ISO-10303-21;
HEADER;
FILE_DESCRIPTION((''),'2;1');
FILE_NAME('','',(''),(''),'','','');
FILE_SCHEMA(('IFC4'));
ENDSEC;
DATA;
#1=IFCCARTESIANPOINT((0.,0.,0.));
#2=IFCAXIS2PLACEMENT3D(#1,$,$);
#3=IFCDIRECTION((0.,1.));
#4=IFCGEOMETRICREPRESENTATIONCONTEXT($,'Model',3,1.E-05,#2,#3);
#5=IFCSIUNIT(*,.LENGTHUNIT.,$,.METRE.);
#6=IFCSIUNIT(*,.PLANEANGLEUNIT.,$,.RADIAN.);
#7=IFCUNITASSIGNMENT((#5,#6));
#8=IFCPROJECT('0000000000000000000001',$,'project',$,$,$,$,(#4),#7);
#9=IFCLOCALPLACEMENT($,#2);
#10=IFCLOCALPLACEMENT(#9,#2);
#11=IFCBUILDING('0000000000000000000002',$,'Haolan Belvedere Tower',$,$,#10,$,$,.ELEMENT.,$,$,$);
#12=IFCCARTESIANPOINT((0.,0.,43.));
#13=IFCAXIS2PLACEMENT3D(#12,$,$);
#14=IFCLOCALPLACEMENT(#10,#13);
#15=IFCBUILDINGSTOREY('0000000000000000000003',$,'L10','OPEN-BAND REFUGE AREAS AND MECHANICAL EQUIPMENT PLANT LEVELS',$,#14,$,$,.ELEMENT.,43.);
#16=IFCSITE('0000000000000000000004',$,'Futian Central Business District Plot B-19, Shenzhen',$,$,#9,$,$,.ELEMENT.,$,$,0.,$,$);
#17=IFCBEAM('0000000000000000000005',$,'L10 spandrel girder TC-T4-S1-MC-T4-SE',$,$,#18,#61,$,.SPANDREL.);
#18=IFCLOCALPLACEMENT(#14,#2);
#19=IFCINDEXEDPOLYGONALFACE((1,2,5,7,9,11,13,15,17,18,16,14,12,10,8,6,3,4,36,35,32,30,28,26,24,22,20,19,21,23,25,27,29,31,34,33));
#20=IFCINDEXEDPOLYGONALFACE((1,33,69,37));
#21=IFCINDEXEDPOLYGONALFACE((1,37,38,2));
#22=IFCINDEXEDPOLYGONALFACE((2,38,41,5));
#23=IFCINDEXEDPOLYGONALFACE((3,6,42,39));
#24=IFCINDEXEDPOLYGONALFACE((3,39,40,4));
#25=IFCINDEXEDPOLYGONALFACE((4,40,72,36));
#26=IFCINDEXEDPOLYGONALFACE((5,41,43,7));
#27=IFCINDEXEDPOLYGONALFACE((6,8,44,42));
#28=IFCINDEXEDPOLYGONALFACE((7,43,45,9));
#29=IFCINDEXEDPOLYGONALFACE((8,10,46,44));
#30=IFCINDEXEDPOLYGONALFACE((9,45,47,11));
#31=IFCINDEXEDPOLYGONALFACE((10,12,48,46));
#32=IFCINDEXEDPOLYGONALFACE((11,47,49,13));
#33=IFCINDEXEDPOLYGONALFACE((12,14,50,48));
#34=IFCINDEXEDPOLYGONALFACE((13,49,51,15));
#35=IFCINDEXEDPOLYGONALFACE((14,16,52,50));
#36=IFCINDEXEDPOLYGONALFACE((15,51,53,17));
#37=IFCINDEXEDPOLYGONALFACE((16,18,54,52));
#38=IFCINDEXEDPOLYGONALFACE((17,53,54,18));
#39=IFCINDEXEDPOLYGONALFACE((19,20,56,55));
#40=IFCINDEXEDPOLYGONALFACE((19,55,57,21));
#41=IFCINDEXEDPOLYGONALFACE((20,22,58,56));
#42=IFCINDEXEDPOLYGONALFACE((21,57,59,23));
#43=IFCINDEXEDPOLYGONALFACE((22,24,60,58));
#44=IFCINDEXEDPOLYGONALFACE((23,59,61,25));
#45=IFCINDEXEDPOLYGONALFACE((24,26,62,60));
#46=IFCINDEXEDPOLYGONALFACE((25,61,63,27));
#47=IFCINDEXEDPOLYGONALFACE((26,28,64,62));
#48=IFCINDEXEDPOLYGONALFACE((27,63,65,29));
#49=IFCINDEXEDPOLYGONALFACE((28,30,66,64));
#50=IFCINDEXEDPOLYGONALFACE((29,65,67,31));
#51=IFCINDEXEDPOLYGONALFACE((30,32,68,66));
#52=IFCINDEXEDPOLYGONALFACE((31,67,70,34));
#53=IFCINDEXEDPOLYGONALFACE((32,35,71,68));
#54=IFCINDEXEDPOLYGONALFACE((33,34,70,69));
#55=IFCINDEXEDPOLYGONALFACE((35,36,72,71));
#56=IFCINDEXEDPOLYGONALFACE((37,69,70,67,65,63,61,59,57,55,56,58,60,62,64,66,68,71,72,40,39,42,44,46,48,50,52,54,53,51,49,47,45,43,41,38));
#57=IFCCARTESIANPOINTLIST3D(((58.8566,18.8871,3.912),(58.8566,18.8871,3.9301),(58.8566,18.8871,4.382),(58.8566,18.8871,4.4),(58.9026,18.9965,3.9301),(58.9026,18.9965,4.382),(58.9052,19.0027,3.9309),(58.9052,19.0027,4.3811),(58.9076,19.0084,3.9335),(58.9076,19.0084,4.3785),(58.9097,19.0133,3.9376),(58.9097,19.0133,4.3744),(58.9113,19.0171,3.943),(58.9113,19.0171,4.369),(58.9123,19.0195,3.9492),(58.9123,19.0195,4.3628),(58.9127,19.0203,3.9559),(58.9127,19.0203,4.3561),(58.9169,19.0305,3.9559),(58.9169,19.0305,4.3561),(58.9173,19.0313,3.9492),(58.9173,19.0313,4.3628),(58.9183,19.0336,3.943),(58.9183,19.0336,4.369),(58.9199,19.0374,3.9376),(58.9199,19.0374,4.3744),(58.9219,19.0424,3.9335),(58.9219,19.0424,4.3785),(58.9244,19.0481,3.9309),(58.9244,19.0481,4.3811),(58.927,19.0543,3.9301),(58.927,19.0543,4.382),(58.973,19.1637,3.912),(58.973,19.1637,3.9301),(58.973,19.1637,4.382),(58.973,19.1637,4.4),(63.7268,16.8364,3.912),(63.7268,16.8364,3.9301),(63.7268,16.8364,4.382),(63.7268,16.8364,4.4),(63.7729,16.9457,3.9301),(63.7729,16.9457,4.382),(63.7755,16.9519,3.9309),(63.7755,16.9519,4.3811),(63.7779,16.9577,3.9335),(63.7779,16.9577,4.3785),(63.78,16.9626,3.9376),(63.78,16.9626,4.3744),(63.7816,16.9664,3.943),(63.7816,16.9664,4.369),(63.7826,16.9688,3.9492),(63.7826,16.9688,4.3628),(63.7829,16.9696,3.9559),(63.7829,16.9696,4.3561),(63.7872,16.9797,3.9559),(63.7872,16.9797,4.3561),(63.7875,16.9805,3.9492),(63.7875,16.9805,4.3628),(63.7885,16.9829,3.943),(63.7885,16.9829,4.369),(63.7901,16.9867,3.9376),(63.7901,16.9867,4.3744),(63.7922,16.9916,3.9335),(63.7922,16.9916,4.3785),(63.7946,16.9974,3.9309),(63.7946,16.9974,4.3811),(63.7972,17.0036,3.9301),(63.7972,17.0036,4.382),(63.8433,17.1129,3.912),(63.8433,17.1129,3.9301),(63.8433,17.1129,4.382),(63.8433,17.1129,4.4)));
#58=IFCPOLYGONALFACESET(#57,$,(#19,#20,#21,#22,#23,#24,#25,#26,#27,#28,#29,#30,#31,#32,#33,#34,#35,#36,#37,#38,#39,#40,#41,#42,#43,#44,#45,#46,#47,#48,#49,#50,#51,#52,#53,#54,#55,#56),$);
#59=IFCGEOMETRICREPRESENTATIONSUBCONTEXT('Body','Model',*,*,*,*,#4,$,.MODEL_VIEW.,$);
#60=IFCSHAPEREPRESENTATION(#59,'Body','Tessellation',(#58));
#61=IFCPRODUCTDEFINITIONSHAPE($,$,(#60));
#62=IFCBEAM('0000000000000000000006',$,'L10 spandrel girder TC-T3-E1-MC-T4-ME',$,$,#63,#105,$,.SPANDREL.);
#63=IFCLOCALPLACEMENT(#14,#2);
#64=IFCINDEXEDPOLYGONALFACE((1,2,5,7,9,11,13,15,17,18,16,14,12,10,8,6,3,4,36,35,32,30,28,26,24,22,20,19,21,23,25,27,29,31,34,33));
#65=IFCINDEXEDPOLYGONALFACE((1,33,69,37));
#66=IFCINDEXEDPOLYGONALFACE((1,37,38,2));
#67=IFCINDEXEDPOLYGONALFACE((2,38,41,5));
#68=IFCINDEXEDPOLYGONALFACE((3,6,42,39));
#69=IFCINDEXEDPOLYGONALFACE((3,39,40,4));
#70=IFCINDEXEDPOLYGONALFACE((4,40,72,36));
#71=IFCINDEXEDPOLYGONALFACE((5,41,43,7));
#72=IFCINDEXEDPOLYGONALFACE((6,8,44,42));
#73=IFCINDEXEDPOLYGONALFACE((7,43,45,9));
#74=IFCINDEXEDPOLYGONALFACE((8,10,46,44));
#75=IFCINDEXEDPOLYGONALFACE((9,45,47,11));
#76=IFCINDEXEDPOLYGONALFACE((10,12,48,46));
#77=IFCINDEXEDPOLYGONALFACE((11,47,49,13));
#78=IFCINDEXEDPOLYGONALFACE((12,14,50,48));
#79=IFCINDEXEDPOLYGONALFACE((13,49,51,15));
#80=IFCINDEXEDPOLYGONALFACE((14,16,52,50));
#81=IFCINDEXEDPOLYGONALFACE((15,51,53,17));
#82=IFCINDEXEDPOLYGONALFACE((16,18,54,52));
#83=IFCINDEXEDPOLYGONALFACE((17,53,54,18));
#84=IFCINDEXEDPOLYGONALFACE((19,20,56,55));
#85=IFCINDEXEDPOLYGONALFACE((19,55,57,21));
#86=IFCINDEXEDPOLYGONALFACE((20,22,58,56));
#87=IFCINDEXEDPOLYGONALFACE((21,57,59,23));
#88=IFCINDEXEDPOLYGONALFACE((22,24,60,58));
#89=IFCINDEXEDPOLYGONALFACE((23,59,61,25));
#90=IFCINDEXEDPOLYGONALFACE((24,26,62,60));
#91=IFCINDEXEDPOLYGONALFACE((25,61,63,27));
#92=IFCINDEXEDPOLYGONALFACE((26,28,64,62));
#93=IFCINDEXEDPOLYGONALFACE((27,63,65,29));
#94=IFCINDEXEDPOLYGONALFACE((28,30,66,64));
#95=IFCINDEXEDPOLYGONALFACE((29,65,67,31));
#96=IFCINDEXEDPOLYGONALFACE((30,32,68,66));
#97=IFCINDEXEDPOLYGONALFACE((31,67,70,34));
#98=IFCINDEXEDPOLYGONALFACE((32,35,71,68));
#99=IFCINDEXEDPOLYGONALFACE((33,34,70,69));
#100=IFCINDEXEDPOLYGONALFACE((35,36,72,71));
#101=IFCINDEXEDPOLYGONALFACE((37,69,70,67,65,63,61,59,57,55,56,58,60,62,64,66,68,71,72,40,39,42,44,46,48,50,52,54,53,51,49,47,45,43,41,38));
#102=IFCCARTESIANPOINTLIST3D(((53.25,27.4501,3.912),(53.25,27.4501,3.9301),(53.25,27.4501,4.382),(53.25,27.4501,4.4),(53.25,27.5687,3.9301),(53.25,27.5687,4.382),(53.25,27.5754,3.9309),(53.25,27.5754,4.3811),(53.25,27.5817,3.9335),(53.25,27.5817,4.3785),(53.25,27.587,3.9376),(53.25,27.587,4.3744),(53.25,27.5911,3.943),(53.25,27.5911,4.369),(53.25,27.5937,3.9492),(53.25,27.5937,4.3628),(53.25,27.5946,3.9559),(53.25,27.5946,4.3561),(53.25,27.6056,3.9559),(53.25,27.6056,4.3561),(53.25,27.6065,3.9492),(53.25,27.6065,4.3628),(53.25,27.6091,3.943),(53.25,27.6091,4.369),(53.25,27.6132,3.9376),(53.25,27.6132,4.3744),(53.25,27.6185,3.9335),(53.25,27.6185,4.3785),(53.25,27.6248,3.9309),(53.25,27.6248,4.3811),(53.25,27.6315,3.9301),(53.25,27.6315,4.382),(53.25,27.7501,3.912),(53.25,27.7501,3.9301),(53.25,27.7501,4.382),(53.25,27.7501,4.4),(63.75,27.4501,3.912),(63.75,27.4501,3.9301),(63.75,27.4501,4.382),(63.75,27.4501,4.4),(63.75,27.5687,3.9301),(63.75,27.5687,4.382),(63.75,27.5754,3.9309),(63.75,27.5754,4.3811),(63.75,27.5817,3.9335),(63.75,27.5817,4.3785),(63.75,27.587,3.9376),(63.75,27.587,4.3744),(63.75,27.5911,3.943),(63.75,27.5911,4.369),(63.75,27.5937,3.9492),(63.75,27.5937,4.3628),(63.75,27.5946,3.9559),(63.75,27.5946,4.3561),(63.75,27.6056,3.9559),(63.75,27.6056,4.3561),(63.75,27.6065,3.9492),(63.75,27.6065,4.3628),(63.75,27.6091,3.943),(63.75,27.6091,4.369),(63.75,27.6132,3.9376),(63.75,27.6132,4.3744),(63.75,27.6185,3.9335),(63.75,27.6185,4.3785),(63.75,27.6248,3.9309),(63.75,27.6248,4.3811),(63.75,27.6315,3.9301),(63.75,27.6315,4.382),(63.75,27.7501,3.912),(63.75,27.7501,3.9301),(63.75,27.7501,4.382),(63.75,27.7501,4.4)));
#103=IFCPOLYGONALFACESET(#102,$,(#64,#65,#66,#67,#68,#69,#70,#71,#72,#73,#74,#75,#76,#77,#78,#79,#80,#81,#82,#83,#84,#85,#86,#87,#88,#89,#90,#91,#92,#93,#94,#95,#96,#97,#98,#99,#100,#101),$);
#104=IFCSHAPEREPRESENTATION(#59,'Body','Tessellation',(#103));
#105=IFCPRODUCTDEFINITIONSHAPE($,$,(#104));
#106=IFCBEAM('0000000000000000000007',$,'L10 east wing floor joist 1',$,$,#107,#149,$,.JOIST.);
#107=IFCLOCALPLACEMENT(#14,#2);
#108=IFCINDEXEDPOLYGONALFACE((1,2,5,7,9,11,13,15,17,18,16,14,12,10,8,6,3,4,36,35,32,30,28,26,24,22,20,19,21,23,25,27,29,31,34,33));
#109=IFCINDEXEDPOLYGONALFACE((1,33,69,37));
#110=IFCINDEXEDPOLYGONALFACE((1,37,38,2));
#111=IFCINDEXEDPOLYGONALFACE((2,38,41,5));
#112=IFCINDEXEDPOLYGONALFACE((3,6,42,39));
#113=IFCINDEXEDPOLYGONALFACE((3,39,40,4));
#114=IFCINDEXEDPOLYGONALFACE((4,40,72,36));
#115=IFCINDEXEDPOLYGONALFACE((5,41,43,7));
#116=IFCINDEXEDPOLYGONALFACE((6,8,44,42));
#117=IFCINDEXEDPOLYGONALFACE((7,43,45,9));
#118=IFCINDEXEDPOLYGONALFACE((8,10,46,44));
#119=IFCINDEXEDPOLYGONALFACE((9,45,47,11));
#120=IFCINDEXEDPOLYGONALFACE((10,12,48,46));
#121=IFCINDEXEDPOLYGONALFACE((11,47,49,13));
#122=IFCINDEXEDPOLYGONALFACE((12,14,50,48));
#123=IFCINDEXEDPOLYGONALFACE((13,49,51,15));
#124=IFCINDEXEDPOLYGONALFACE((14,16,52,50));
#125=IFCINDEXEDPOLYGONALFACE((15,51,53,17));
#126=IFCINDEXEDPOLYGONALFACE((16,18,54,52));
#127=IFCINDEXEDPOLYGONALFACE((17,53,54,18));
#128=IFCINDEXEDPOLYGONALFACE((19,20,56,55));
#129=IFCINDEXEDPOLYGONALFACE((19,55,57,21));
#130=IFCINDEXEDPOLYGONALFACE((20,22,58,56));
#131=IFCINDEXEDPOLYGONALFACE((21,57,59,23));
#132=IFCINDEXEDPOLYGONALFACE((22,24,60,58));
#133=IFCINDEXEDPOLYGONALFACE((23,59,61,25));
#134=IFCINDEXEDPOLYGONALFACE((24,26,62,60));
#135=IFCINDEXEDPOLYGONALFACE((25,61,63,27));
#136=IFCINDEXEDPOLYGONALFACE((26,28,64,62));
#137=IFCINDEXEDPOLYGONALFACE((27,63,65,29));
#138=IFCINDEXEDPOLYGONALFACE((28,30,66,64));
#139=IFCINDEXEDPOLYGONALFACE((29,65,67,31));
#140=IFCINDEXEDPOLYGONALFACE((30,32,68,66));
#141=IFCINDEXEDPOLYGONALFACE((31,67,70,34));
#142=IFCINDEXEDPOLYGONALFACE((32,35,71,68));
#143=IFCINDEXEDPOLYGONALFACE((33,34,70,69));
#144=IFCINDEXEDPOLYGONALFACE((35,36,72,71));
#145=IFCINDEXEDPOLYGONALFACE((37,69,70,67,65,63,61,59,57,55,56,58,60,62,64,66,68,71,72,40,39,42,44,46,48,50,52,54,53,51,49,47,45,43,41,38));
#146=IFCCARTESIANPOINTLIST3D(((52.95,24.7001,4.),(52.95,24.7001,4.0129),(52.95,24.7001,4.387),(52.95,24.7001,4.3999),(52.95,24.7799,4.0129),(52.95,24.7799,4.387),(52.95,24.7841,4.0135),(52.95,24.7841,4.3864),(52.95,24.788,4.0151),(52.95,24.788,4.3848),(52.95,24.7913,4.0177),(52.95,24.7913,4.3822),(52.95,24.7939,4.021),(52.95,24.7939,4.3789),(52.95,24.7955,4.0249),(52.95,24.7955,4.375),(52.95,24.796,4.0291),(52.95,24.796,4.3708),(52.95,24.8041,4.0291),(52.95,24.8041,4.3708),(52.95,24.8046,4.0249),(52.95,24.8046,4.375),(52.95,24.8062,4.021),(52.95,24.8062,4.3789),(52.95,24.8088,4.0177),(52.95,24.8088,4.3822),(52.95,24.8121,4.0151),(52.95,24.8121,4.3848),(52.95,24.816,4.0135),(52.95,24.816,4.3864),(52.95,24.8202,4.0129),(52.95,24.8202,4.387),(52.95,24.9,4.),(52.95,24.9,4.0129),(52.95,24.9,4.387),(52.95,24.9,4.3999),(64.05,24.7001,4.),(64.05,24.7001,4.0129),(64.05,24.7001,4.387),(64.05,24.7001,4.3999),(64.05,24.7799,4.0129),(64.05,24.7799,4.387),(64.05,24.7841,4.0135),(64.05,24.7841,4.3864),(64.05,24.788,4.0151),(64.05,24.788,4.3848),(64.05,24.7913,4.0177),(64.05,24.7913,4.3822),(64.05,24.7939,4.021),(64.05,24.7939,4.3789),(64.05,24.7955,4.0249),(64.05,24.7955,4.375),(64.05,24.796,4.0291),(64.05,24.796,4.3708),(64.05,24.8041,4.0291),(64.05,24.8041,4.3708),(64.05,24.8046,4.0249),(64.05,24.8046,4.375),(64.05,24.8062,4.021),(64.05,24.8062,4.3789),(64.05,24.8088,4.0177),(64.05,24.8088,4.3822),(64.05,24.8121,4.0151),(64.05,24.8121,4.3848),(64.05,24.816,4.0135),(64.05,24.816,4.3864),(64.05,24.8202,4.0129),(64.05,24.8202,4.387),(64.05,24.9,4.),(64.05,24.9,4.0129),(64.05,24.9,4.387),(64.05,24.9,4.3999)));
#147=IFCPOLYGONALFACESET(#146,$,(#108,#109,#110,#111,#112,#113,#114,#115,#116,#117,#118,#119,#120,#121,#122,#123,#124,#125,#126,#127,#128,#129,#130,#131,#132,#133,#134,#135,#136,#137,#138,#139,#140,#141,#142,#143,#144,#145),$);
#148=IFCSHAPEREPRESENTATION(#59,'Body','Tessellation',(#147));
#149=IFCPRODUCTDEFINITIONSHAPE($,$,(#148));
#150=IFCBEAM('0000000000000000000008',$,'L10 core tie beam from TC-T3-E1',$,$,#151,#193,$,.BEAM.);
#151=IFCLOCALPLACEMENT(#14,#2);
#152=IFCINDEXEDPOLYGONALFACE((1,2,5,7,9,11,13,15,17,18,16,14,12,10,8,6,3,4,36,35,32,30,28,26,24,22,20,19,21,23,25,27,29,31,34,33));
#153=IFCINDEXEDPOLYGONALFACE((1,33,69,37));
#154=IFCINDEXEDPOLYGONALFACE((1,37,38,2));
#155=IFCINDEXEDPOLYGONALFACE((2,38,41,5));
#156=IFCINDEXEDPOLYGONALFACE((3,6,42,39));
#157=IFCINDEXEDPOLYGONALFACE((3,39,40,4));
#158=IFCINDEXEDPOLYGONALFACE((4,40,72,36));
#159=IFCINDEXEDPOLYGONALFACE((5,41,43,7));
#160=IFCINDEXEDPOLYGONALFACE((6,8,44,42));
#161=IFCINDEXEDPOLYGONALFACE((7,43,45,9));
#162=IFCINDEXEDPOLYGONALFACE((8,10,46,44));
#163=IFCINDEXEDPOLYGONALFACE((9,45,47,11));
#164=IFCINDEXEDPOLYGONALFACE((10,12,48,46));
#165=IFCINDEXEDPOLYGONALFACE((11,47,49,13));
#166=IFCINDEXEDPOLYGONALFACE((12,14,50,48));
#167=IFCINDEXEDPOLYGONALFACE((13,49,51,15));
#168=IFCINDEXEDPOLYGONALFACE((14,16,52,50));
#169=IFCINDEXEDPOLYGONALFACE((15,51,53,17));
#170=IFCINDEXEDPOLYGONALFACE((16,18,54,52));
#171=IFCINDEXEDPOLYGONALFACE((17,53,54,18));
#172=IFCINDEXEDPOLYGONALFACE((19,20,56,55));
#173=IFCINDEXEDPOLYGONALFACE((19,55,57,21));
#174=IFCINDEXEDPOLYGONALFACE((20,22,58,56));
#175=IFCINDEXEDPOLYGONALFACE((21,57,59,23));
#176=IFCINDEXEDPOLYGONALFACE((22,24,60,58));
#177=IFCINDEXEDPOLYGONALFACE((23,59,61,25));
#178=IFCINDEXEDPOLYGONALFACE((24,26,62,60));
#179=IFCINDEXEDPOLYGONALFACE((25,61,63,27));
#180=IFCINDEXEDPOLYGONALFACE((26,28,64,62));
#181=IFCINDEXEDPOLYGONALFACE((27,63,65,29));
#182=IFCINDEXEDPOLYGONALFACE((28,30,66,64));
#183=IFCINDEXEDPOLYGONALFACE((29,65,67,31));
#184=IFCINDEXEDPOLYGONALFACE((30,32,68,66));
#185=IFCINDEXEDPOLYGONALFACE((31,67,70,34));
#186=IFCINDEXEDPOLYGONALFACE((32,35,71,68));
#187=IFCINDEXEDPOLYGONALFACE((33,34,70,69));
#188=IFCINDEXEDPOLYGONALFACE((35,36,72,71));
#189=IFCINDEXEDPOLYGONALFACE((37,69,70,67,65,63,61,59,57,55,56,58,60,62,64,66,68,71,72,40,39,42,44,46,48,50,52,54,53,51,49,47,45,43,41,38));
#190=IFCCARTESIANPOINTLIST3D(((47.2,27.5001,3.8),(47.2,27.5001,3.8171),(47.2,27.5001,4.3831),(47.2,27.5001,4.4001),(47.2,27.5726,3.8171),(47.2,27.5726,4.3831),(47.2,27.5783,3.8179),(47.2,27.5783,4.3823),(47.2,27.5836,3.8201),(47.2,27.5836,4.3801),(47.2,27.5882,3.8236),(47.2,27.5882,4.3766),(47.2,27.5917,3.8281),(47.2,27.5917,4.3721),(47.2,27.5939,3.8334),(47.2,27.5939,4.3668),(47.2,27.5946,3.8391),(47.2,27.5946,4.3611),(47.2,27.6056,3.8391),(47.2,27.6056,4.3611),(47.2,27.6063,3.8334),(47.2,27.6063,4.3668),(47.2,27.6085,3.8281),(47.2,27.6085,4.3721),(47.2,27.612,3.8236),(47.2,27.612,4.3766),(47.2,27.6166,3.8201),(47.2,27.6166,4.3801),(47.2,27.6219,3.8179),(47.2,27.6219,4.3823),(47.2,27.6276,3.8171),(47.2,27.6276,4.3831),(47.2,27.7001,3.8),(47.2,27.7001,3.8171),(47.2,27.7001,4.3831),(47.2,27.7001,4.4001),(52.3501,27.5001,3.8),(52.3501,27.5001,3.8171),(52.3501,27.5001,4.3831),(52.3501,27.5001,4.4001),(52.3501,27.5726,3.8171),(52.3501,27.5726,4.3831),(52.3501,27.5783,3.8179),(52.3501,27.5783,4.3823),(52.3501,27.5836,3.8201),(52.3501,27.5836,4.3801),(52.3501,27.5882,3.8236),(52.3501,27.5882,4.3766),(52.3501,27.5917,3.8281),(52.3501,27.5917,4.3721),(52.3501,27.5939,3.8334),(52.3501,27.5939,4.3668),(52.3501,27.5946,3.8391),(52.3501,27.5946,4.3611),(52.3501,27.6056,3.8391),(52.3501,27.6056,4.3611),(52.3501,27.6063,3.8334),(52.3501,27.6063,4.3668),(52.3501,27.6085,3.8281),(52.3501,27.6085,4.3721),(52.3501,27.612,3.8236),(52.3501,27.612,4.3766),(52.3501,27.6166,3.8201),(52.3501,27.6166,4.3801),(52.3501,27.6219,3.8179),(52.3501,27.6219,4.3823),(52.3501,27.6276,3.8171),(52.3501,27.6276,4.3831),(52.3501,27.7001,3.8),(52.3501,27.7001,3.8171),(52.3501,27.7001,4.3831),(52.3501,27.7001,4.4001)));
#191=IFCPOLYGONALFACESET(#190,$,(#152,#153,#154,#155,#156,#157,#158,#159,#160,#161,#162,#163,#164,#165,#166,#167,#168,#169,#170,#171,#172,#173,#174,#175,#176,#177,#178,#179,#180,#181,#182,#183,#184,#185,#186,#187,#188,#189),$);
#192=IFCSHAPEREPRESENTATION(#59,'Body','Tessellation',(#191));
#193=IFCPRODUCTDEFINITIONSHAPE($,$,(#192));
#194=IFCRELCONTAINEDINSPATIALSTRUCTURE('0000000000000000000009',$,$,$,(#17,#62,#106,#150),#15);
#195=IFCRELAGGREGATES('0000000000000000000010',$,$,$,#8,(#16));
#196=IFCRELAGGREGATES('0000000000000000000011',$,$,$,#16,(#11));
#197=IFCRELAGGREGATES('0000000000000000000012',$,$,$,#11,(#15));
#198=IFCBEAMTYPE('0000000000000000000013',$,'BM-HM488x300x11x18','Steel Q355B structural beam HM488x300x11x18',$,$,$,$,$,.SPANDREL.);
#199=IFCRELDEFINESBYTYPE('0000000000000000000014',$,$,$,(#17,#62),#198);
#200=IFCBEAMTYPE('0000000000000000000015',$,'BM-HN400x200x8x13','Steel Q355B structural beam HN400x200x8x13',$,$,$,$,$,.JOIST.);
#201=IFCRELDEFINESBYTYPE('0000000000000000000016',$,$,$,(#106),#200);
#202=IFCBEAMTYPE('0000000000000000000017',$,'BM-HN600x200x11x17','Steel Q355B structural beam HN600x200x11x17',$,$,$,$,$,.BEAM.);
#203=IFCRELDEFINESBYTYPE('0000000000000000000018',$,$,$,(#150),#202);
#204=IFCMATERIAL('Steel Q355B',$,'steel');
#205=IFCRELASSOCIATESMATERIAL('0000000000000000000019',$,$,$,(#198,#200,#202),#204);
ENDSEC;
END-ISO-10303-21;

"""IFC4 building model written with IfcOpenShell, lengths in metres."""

from ifc_helpers import new_model, si_unit, direction, frame, origin, origin_2d, place, context, subcontext, project, spatial, i_section, extrude, material, material_profile, profile_set, type_object, element, save


model = new_model("IFC4")

# Units and contexts
model_context = context("Model", 3, precision=1e-05, world=origin(), true_north=direction((0.0, 1.0)))
body_context = subcontext(model_context, "Body", "Model", "MODEL_VIEW")
ifc_project = project(units=[si_unit("LENGTHUNIT", "METRE"), si_unit("PLANEANGLEUNIT", "RADIAN")], contexts=[model_context])

# Site, building, storey
site_placement = place(None, origin())
site = spatial("IfcSite", under=ifc_project, at=site_placement, Name="Futian Central Business District Plot B-19, Shenzhen", CompositionType="ELEMENT", RefElevation=0.0)
building_placement = place(site_placement, origin())
building = spatial("IfcBuilding", under=site, at=building_placement, Name="Haolan Belvedere Tower", CompositionType="ELEMENT")
storey_placement = place(building_placement, frame((0.0, 0.0, 43.0)))
storey = spatial("IfcBuildingStorey", under=building, at=storey_placement, Name="L10", Description="OPEN-BAND REFUGE AREAS AND MECHANICAL EQUIPMENT PLANT LEVELS", CompositionType="ELEMENT", Elevation=43.0)

# Shared definitions
ifc_material_1 = material(Name="Steel Q355B", Category="steel")

# Beams
ifc_material_profile_1 = material_profile(ifc_material_1, i_section(OverallWidth=0.3, OverallDepth=0.488, WebThickness=0.011, FlangeThickness=0.0181, FilletRadius=0.0259, at=origin_2d()), Name="Steel Q355B")
ifc_profile_set_1 = profile_set([ifc_material_profile_1], Name="Steel Q355B")
beam_type_1 = type_object("IfcBeamType", Name="BM-HM488x300x11x18", Description="Steel Q355B structural beam HM488x300x11x18", PredefinedType="SPANDREL", material=ifc_profile_set_1)
for number, where, z_axis, x_axis, name in (
    (1, (58.9148, 19.0254, 4.156), (0.921628, -0.388074, 0.0), (0.388074, 0.921628, 0.0), "L10 spandrel girder TC-T4-S1-MC-T4-SE"),
):
    element("IfcBeam", number, at=place(storey_placement, frame(where, z_axis=z_axis, x_axis=x_axis)), inside=storey, type_object=beam_type_1, Name=name, PredefinedType="SPANDREL", context=body_context, shape_type="SweptSolid", body=[
        extrude(i_section(OverallWidth=0.3, OverallDepth=0.488, WebThickness=0.011, FlangeThickness=0.0181, FilletRadius=0.0259, at=origin_2d()), origin(), (0.0, 0.0, 1.0), 5.2844),
    ])
beam_1_placement = place(storey_placement, frame((53.25, 27.6001, 4.156), z_axis=(1.0, 0.0, 0.0), x_axis=(0.0, 1.0, 0.0)))
element("IfcBeam", 2, at=beam_1_placement, inside=storey, type_object=beam_type_1, Name="L10 spandrel girder TC-T3-E1-MC-T4-ME", PredefinedType="SPANDREL", context=body_context, shape_type="SweptSolid", body=[
    extrude(i_section(OverallWidth=0.3, OverallDepth=0.488, WebThickness=0.011, FlangeThickness=0.0181, FilletRadius=0.0259, at=origin_2d()), origin(), (0.0, 0.0, 1.0), 10.5),
])
ifc_material_profile_2 = material_profile(ifc_material_1, i_section(OverallWidth=0.2, OverallDepth=0.3999, WebThickness=0.0081, FlangeThickness=0.0129, FilletRadius=0.0161, at=origin_2d()), Name="Steel Q355B")
ifc_profile_set_2 = profile_set([ifc_material_profile_2], Name="Steel Q355B")
beam_type_2 = type_object("IfcBeamType", Name="BM-HN400x200x8x13", Description="Steel Q355B structural beam HN400x200x8x13", PredefinedType="JOIST", material=ifc_profile_set_2)
beam_2_placement = place(storey_placement, frame((52.95, 24.8, 4.2), z_axis=(1.0, 0.0, 0.0), x_axis=(0.0, 1.0, 0.0)))
element("IfcBeam", 3, at=beam_2_placement, inside=storey, type_object=beam_type_2, Name="L10 east wing floor joist 1", PredefinedType="JOIST", context=body_context, shape_type="SweptSolid", body=[
    extrude(i_section(OverallWidth=0.2, OverallDepth=0.3999, WebThickness=0.0081, FlangeThickness=0.0129, FilletRadius=0.0161, at=origin_2d()), origin(), (0.0, 0.0, 1.0), 11.1001),
])
ifc_material_profile_3 = material_profile(ifc_material_1, i_section(OverallWidth=0.2, OverallDepth=0.6001, WebThickness=0.011, FlangeThickness=0.0171, FilletRadius=0.022, at=origin_2d()), Name="Steel Q355B")
ifc_profile_set_3 = profile_set([ifc_material_profile_3], Name="Steel Q355B")
beam_type_3 = type_object("IfcBeamType", Name="BM-HN600x200x11x17", Description="Steel Q355B structural beam HN600x200x11x17", PredefinedType="BEAM", material=ifc_profile_set_3)
beam_3_placement = place(storey_placement, frame((52.3501, 27.6001, 4.1001), z_axis=(-1.0, 0.0, 0.0), x_axis=(0.0, -1.0, 0.0)))
element("IfcBeam", 4, at=beam_3_placement, inside=storey, type_object=beam_type_3, Name="L10 core tie beam from TC-T3-E1", PredefinedType="BEAM", context=body_context, shape_type="SweptSolid", body=[
    extrude(i_section(OverallWidth=0.2, OverallDepth=0.6001, WebThickness=0.011, FlangeThickness=0.0171, FilletRadius=0.022, at=origin_2d()), origin(), (0.0, 0.0, 1.0), 5.1501),
])

save(model, "model.ifc")
